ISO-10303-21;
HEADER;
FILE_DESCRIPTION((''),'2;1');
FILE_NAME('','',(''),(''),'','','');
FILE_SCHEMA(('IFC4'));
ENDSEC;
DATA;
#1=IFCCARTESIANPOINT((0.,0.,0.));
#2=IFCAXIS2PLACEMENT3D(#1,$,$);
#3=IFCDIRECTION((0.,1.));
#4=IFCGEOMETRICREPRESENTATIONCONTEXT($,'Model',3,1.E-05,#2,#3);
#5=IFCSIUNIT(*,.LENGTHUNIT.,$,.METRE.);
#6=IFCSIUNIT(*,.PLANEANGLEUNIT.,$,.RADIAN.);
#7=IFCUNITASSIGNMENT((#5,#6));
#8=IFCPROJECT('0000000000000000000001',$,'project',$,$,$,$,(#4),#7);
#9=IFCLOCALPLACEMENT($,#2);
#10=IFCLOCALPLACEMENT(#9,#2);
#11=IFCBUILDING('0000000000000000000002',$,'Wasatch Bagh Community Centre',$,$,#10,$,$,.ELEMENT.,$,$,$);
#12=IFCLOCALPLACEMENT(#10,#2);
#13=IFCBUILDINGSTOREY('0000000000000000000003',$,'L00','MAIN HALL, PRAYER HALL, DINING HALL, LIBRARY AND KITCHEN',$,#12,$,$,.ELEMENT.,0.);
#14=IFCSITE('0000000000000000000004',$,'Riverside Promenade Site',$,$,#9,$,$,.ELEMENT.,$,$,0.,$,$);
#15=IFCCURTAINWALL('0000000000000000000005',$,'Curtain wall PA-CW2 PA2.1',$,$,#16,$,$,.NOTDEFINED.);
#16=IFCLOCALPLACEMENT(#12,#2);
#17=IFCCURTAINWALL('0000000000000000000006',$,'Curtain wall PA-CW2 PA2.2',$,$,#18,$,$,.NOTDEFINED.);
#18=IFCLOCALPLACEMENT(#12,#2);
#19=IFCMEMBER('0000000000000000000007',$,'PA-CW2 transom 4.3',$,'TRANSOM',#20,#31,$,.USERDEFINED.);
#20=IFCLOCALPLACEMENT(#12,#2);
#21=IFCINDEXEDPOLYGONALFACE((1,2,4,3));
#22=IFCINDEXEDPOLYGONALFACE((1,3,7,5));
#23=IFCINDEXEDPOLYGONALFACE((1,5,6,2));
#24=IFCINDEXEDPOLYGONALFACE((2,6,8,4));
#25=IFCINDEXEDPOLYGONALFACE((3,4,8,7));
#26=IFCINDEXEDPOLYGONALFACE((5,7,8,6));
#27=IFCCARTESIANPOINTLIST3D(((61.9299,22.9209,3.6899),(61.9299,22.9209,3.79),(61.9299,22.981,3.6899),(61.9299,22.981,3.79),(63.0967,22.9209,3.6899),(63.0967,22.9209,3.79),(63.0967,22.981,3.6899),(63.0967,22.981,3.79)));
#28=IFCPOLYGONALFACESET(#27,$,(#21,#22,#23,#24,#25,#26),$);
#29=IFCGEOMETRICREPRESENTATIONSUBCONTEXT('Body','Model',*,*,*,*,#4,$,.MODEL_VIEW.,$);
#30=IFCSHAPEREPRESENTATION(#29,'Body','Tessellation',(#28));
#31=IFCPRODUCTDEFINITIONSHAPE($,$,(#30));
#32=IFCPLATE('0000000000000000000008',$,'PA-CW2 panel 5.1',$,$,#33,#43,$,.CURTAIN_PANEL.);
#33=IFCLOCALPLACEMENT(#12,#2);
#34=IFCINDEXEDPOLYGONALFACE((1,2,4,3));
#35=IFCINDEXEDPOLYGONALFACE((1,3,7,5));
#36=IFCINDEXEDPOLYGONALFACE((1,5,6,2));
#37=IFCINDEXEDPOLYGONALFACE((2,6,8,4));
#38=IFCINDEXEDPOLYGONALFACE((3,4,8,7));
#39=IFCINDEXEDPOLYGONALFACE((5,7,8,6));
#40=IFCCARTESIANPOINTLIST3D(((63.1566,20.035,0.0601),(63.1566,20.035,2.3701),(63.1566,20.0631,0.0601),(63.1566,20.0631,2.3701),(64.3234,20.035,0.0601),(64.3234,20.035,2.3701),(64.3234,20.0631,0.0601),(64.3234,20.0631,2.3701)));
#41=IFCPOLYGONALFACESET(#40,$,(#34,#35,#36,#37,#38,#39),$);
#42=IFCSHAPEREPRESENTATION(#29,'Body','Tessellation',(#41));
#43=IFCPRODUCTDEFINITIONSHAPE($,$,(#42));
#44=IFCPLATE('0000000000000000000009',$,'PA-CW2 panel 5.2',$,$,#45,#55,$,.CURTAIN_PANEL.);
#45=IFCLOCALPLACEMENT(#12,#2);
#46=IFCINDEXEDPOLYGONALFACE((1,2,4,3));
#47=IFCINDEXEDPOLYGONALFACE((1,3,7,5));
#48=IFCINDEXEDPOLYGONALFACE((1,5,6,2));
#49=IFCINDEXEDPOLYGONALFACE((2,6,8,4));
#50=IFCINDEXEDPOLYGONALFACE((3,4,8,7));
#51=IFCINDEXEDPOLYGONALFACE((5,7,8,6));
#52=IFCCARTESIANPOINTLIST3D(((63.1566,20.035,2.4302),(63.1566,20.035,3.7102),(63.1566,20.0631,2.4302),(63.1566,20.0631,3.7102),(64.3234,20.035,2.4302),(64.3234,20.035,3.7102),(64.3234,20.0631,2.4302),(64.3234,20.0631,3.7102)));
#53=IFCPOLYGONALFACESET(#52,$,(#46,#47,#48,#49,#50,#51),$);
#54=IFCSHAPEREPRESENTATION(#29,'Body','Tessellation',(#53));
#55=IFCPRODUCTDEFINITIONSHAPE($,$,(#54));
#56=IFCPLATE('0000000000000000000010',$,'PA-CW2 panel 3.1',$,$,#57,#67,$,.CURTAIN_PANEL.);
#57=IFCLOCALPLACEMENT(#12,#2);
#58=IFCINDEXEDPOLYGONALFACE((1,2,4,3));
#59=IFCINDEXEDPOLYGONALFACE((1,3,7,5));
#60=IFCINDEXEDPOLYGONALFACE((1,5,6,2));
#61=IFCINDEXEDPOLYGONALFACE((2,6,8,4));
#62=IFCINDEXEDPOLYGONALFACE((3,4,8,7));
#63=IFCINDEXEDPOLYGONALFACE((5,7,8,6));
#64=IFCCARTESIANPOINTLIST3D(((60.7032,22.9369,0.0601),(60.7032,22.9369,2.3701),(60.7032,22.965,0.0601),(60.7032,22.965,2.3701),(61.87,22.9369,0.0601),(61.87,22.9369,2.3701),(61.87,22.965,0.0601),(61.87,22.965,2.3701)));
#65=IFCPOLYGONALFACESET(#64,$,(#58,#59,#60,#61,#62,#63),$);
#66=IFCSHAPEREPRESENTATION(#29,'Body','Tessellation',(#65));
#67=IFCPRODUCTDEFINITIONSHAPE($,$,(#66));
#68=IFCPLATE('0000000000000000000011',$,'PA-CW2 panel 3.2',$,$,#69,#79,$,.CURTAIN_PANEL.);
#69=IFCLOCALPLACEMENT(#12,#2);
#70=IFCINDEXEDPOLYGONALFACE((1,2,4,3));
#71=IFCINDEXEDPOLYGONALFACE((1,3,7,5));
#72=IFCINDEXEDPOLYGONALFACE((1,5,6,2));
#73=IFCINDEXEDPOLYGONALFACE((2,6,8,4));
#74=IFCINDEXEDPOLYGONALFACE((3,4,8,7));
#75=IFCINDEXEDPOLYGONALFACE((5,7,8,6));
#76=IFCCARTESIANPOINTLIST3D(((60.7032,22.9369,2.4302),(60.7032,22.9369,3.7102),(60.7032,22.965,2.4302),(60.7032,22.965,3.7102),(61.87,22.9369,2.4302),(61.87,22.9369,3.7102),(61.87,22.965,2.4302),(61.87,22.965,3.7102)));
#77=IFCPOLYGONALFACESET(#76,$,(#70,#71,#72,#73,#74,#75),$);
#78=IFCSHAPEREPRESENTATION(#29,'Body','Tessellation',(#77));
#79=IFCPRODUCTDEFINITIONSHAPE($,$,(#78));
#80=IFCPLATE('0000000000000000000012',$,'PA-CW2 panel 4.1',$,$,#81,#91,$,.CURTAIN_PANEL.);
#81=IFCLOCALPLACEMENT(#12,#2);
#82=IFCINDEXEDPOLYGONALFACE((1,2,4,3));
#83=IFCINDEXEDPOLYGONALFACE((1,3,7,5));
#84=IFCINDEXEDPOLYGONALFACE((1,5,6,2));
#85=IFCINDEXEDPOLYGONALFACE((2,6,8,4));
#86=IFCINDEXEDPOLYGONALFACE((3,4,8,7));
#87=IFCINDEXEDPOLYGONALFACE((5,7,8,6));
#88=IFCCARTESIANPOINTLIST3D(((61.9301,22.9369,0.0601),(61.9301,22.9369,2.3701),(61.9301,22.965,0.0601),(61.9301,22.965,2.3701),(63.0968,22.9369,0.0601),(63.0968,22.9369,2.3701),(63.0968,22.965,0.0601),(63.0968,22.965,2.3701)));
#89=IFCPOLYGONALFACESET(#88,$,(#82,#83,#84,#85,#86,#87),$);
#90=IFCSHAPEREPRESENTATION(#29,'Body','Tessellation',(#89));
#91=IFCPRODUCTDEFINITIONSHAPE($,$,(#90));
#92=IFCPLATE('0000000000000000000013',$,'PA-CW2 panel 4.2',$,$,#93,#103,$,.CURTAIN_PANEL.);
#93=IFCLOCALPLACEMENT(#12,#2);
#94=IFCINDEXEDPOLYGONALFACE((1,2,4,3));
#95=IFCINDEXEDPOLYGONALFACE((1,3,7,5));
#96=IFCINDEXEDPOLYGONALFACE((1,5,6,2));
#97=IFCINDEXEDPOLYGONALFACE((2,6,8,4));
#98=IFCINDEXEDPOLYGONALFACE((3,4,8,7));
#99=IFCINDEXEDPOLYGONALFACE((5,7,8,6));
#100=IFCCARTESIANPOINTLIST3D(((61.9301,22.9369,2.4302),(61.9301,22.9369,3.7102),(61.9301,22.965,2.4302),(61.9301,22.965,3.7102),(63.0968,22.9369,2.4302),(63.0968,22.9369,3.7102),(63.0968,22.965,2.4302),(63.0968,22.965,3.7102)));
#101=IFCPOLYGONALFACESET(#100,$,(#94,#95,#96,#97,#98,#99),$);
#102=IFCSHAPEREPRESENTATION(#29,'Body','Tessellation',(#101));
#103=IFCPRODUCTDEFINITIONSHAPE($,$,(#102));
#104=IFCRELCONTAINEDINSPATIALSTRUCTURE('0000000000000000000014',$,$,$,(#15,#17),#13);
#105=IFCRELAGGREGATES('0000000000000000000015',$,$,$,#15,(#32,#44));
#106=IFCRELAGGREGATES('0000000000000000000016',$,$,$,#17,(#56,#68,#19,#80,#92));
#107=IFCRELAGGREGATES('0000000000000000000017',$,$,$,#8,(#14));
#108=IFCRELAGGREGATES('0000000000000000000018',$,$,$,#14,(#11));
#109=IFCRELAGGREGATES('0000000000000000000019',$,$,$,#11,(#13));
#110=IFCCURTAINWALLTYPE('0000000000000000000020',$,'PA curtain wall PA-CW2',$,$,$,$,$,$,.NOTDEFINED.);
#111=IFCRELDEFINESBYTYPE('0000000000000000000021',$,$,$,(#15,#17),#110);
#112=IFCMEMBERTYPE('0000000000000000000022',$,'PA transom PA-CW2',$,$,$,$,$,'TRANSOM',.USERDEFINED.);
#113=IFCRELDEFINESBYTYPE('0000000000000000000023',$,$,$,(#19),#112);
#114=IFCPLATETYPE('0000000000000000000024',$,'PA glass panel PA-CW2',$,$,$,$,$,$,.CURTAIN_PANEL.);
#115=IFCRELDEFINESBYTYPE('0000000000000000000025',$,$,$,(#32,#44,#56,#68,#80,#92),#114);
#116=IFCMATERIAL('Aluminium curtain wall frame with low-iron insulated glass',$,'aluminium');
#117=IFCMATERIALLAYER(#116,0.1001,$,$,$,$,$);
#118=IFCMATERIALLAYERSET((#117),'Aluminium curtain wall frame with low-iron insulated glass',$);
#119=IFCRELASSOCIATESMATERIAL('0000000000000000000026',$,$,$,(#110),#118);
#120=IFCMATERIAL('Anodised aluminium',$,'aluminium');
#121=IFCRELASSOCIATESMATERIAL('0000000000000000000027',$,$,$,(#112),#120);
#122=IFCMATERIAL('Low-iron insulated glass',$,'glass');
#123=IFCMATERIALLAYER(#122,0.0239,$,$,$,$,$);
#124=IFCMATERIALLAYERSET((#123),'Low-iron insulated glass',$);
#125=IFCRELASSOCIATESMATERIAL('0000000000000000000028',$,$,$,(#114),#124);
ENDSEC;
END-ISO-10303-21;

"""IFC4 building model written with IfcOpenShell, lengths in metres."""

from ifc_helpers import new_model, si_unit, direction, frame, origin, origin_2d, place, context, subcontext, project, spatial, rectangle, extrude, material, layer, layer_set, material_profile, profile_set, type_object, element, aggregate, save


model = new_model("IFC4")

# Units and contexts
model_context = context("Model", 3, precision=1e-05, world=origin(), true_north=direction((0.0, 1.0)))
body_context = subcontext(model_context, "Body", "Model", "MODEL_VIEW")
ifc_project = project(units=[si_unit("LENGTHUNIT", "METRE"), si_unit("PLANEANGLEUNIT", "RADIAN")], contexts=[model_context])

# Site, building, storey
site_placement = place(None, origin())
site = spatial("IfcSite", under=ifc_project, at=site_placement, Name="Riverside Promenade Site", CompositionType="ELEMENT", RefElevation=0.0)
building_placement = place(site_placement, origin())
building = spatial("IfcBuilding", under=site, at=building_placement, Name="Wasatch Bagh Community Centre", CompositionType="ELEMENT")
storey_placement = place(building_placement, origin())
storey = spatial("IfcBuildingStorey", under=building, at=storey_placement, Name="L00", Description="MAIN HALL, PRAYER HALL, DINING HALL, LIBRARY AND KITCHEN", CompositionType="ELEMENT", Elevation=0.0)

# Curtain wall
ifc_material_1 = material(Name="Aluminium curtain wall frame with low-iron insulated glass", Category="aluminium")
ifc_layer_1 = layer(ifc_material_1, 0.1001)
ifc_layer_set_1 = layer_set([ifc_layer_1], Name="Aluminium curtain wall frame with low-iron insulated glass")
curtain_wall_type = type_object("IfcCurtainWallType", Name="PA curtain wall PA-CW2", PredefinedType="NOTDEFINED", material=ifc_layer_set_1)
curtain_wall_1_placement = place(storey_placement, origin())
curtain_wall_1 = element("IfcCurtainWall", 1, at=curtain_wall_1_placement, inside=storey, type_object=curtain_wall_type, Name="Curtain wall PA-CW2 PA2.1", PredefinedType="NOTDEFINED")
ifc_material_2 = material(Name="Anodised aluminium", Category="aluminium")

# Curtain wall
curtain_wall_2_placement = place(storey_placement, origin())
curtain_wall_2 = element("IfcCurtainWall", 2, at=curtain_wall_2_placement, inside=storey, type_object=curtain_wall_type, Name="Curtain wall PA-CW2 PA2.2", PredefinedType="NOTDEFINED")

# Member
ifc_material_profile_1 = material_profile(ifc_material_2, rectangle(XDim=0.0601, YDim=0.1001, at=origin_2d()), Name="PA transom PA-CW2")
ifc_profile_set_1 = profile_set([ifc_material_profile_1], Name="Anodised aluminium")
member_type_1 = type_object("IfcMemberType", Name="PA transom PA-CW2", ElementType="TRANSOM", PredefinedType="USERDEFINED", material=ifc_profile_set_1)
member_1_placement = place(storey_placement, frame((61.9299, 22.9509, 3.74), z_axis=(1.0, 0.0, 0.0), x_axis=(0.0, 1.0, 0.0)))
member_1 = element("IfcMember", 3, at=member_1_placement, type_object=member_type_1, Name="PA-CW2 transom 4.3", ObjectType="TRANSOM", PredefinedType="USERDEFINED", context=body_context, shape_type="SweptSolid", body=[
    extrude(rectangle(XDim=0.0601, YDim=0.1001, at=origin_2d()), origin(), (0.0, 0.0, 1.0), 1.1667),
])

# Plates
ifc_material_3 = material(Name="Low-iron insulated glass", Category="glass")
ifc_layer_2 = layer(ifc_material_3, 0.0239)
ifc_layer_set_2 = layer_set([ifc_layer_2], Name="Low-iron insulated glass")
plate_type = type_object("IfcPlateType", Name="PA glass panel PA-CW2", PredefinedType="CURTAIN_PANEL", material=ifc_layer_set_2)
plate_1_placement = place(storey_placement, frame((63.74, 20.0491, 0.0601), z_axis=(0.0, 0.0, 1.0), x_axis=(1.0, 0.0, 0.0)))
plate_1 = element("IfcPlate", 4, at=plate_1_placement, type_object=plate_type, Name="PA-CW2 panel 5.1", PredefinedType="CURTAIN_PANEL", context=body_context, shape_type="SweptSolid", body=[
    extrude(rectangle(XDim=1.1667, YDim=0.0281, at=origin_2d()), origin(), (0.0, 0.0, 1.0), 2.3101),
])
plate_2_placement = place(storey_placement, frame((63.74, 20.0491, 2.4302), z_axis=(0.0, 0.0, 1.0), x_axis=(1.0, 0.0, 0.0)))
plate_2 = element("IfcPlate", 5, at=plate_2_placement, type_object=plate_type, Name="PA-CW2 panel 5.2", PredefinedType="CURTAIN_PANEL", context=body_context, shape_type="SweptSolid", body=[
    extrude(rectangle(XDim=1.1667, YDim=0.0281, at=origin_2d()), origin(), (0.0, 0.0, 1.0), 1.28),
])
aggregate(curtain_wall_1, [plate_1, plate_2])
plate_3_placement = place(storey_placement, frame((61.2866, 22.9509, 0.0601), z_axis=(0.0, 0.0, 1.0), x_axis=(1.0, 0.0, 0.0)))
plate_3 = element("IfcPlate", 6, at=plate_3_placement, type_object=plate_type, Name="PA-CW2 panel 3.1", PredefinedType="CURTAIN_PANEL", context=body_context, shape_type="SweptSolid", body=[
    extrude(rectangle(XDim=1.1667, YDim=0.0281, at=origin_2d()), origin(), (0.0, 0.0, 1.0), 2.3101),
])
plate_4_placement = place(storey_placement, frame((61.2866, 22.9509, 2.4302), z_axis=(0.0, 0.0, 1.0), x_axis=(1.0, 0.0, 0.0)))
plate_4 = element("IfcPlate", 7, at=plate_4_placement, type_object=plate_type, Name="PA-CW2 panel 3.2", PredefinedType="CURTAIN_PANEL", context=body_context, shape_type="SweptSolid", body=[
    extrude(rectangle(XDim=1.1667, YDim=0.0281, at=origin_2d()), origin(), (0.0, 0.0, 1.0), 1.28),
])
plate_5_placement = place(storey_placement, frame((62.5134, 22.9509, 0.0601), z_axis=(0.0, 0.0, 1.0), x_axis=(1.0, 0.0, 0.0)))
plate_5 = element("IfcPlate", 8, at=plate_5_placement, type_object=plate_type, Name="PA-CW2 panel 4.1", PredefinedType="CURTAIN_PANEL", context=body_context, shape_type="SweptSolid", body=[
    extrude(rectangle(XDim=1.1667, YDim=0.0281, at=origin_2d()), origin(), (0.0, 0.0, 1.0), 2.3101),
])
plate_6_placement = place(storey_placement, frame((62.5134, 22.9509, 2.4302), z_axis=(0.0, 0.0, 1.0), x_axis=(1.0, 0.0, 0.0)))
plate_6 = element("IfcPlate", 9, at=plate_6_placement, type_object=plate_type, Name="PA-CW2 panel 4.2", PredefinedType="CURTAIN_PANEL", context=body_context, shape_type="SweptSolid", body=[
    extrude(rectangle(XDim=1.1667, YDim=0.0281, at=origin_2d()), origin(), (0.0, 0.0, 1.0), 1.28),
])
aggregate(curtain_wall_2, [plate_3, plate_4, member_1, plate_5, plate_6])

save(model, "model.ifc")
